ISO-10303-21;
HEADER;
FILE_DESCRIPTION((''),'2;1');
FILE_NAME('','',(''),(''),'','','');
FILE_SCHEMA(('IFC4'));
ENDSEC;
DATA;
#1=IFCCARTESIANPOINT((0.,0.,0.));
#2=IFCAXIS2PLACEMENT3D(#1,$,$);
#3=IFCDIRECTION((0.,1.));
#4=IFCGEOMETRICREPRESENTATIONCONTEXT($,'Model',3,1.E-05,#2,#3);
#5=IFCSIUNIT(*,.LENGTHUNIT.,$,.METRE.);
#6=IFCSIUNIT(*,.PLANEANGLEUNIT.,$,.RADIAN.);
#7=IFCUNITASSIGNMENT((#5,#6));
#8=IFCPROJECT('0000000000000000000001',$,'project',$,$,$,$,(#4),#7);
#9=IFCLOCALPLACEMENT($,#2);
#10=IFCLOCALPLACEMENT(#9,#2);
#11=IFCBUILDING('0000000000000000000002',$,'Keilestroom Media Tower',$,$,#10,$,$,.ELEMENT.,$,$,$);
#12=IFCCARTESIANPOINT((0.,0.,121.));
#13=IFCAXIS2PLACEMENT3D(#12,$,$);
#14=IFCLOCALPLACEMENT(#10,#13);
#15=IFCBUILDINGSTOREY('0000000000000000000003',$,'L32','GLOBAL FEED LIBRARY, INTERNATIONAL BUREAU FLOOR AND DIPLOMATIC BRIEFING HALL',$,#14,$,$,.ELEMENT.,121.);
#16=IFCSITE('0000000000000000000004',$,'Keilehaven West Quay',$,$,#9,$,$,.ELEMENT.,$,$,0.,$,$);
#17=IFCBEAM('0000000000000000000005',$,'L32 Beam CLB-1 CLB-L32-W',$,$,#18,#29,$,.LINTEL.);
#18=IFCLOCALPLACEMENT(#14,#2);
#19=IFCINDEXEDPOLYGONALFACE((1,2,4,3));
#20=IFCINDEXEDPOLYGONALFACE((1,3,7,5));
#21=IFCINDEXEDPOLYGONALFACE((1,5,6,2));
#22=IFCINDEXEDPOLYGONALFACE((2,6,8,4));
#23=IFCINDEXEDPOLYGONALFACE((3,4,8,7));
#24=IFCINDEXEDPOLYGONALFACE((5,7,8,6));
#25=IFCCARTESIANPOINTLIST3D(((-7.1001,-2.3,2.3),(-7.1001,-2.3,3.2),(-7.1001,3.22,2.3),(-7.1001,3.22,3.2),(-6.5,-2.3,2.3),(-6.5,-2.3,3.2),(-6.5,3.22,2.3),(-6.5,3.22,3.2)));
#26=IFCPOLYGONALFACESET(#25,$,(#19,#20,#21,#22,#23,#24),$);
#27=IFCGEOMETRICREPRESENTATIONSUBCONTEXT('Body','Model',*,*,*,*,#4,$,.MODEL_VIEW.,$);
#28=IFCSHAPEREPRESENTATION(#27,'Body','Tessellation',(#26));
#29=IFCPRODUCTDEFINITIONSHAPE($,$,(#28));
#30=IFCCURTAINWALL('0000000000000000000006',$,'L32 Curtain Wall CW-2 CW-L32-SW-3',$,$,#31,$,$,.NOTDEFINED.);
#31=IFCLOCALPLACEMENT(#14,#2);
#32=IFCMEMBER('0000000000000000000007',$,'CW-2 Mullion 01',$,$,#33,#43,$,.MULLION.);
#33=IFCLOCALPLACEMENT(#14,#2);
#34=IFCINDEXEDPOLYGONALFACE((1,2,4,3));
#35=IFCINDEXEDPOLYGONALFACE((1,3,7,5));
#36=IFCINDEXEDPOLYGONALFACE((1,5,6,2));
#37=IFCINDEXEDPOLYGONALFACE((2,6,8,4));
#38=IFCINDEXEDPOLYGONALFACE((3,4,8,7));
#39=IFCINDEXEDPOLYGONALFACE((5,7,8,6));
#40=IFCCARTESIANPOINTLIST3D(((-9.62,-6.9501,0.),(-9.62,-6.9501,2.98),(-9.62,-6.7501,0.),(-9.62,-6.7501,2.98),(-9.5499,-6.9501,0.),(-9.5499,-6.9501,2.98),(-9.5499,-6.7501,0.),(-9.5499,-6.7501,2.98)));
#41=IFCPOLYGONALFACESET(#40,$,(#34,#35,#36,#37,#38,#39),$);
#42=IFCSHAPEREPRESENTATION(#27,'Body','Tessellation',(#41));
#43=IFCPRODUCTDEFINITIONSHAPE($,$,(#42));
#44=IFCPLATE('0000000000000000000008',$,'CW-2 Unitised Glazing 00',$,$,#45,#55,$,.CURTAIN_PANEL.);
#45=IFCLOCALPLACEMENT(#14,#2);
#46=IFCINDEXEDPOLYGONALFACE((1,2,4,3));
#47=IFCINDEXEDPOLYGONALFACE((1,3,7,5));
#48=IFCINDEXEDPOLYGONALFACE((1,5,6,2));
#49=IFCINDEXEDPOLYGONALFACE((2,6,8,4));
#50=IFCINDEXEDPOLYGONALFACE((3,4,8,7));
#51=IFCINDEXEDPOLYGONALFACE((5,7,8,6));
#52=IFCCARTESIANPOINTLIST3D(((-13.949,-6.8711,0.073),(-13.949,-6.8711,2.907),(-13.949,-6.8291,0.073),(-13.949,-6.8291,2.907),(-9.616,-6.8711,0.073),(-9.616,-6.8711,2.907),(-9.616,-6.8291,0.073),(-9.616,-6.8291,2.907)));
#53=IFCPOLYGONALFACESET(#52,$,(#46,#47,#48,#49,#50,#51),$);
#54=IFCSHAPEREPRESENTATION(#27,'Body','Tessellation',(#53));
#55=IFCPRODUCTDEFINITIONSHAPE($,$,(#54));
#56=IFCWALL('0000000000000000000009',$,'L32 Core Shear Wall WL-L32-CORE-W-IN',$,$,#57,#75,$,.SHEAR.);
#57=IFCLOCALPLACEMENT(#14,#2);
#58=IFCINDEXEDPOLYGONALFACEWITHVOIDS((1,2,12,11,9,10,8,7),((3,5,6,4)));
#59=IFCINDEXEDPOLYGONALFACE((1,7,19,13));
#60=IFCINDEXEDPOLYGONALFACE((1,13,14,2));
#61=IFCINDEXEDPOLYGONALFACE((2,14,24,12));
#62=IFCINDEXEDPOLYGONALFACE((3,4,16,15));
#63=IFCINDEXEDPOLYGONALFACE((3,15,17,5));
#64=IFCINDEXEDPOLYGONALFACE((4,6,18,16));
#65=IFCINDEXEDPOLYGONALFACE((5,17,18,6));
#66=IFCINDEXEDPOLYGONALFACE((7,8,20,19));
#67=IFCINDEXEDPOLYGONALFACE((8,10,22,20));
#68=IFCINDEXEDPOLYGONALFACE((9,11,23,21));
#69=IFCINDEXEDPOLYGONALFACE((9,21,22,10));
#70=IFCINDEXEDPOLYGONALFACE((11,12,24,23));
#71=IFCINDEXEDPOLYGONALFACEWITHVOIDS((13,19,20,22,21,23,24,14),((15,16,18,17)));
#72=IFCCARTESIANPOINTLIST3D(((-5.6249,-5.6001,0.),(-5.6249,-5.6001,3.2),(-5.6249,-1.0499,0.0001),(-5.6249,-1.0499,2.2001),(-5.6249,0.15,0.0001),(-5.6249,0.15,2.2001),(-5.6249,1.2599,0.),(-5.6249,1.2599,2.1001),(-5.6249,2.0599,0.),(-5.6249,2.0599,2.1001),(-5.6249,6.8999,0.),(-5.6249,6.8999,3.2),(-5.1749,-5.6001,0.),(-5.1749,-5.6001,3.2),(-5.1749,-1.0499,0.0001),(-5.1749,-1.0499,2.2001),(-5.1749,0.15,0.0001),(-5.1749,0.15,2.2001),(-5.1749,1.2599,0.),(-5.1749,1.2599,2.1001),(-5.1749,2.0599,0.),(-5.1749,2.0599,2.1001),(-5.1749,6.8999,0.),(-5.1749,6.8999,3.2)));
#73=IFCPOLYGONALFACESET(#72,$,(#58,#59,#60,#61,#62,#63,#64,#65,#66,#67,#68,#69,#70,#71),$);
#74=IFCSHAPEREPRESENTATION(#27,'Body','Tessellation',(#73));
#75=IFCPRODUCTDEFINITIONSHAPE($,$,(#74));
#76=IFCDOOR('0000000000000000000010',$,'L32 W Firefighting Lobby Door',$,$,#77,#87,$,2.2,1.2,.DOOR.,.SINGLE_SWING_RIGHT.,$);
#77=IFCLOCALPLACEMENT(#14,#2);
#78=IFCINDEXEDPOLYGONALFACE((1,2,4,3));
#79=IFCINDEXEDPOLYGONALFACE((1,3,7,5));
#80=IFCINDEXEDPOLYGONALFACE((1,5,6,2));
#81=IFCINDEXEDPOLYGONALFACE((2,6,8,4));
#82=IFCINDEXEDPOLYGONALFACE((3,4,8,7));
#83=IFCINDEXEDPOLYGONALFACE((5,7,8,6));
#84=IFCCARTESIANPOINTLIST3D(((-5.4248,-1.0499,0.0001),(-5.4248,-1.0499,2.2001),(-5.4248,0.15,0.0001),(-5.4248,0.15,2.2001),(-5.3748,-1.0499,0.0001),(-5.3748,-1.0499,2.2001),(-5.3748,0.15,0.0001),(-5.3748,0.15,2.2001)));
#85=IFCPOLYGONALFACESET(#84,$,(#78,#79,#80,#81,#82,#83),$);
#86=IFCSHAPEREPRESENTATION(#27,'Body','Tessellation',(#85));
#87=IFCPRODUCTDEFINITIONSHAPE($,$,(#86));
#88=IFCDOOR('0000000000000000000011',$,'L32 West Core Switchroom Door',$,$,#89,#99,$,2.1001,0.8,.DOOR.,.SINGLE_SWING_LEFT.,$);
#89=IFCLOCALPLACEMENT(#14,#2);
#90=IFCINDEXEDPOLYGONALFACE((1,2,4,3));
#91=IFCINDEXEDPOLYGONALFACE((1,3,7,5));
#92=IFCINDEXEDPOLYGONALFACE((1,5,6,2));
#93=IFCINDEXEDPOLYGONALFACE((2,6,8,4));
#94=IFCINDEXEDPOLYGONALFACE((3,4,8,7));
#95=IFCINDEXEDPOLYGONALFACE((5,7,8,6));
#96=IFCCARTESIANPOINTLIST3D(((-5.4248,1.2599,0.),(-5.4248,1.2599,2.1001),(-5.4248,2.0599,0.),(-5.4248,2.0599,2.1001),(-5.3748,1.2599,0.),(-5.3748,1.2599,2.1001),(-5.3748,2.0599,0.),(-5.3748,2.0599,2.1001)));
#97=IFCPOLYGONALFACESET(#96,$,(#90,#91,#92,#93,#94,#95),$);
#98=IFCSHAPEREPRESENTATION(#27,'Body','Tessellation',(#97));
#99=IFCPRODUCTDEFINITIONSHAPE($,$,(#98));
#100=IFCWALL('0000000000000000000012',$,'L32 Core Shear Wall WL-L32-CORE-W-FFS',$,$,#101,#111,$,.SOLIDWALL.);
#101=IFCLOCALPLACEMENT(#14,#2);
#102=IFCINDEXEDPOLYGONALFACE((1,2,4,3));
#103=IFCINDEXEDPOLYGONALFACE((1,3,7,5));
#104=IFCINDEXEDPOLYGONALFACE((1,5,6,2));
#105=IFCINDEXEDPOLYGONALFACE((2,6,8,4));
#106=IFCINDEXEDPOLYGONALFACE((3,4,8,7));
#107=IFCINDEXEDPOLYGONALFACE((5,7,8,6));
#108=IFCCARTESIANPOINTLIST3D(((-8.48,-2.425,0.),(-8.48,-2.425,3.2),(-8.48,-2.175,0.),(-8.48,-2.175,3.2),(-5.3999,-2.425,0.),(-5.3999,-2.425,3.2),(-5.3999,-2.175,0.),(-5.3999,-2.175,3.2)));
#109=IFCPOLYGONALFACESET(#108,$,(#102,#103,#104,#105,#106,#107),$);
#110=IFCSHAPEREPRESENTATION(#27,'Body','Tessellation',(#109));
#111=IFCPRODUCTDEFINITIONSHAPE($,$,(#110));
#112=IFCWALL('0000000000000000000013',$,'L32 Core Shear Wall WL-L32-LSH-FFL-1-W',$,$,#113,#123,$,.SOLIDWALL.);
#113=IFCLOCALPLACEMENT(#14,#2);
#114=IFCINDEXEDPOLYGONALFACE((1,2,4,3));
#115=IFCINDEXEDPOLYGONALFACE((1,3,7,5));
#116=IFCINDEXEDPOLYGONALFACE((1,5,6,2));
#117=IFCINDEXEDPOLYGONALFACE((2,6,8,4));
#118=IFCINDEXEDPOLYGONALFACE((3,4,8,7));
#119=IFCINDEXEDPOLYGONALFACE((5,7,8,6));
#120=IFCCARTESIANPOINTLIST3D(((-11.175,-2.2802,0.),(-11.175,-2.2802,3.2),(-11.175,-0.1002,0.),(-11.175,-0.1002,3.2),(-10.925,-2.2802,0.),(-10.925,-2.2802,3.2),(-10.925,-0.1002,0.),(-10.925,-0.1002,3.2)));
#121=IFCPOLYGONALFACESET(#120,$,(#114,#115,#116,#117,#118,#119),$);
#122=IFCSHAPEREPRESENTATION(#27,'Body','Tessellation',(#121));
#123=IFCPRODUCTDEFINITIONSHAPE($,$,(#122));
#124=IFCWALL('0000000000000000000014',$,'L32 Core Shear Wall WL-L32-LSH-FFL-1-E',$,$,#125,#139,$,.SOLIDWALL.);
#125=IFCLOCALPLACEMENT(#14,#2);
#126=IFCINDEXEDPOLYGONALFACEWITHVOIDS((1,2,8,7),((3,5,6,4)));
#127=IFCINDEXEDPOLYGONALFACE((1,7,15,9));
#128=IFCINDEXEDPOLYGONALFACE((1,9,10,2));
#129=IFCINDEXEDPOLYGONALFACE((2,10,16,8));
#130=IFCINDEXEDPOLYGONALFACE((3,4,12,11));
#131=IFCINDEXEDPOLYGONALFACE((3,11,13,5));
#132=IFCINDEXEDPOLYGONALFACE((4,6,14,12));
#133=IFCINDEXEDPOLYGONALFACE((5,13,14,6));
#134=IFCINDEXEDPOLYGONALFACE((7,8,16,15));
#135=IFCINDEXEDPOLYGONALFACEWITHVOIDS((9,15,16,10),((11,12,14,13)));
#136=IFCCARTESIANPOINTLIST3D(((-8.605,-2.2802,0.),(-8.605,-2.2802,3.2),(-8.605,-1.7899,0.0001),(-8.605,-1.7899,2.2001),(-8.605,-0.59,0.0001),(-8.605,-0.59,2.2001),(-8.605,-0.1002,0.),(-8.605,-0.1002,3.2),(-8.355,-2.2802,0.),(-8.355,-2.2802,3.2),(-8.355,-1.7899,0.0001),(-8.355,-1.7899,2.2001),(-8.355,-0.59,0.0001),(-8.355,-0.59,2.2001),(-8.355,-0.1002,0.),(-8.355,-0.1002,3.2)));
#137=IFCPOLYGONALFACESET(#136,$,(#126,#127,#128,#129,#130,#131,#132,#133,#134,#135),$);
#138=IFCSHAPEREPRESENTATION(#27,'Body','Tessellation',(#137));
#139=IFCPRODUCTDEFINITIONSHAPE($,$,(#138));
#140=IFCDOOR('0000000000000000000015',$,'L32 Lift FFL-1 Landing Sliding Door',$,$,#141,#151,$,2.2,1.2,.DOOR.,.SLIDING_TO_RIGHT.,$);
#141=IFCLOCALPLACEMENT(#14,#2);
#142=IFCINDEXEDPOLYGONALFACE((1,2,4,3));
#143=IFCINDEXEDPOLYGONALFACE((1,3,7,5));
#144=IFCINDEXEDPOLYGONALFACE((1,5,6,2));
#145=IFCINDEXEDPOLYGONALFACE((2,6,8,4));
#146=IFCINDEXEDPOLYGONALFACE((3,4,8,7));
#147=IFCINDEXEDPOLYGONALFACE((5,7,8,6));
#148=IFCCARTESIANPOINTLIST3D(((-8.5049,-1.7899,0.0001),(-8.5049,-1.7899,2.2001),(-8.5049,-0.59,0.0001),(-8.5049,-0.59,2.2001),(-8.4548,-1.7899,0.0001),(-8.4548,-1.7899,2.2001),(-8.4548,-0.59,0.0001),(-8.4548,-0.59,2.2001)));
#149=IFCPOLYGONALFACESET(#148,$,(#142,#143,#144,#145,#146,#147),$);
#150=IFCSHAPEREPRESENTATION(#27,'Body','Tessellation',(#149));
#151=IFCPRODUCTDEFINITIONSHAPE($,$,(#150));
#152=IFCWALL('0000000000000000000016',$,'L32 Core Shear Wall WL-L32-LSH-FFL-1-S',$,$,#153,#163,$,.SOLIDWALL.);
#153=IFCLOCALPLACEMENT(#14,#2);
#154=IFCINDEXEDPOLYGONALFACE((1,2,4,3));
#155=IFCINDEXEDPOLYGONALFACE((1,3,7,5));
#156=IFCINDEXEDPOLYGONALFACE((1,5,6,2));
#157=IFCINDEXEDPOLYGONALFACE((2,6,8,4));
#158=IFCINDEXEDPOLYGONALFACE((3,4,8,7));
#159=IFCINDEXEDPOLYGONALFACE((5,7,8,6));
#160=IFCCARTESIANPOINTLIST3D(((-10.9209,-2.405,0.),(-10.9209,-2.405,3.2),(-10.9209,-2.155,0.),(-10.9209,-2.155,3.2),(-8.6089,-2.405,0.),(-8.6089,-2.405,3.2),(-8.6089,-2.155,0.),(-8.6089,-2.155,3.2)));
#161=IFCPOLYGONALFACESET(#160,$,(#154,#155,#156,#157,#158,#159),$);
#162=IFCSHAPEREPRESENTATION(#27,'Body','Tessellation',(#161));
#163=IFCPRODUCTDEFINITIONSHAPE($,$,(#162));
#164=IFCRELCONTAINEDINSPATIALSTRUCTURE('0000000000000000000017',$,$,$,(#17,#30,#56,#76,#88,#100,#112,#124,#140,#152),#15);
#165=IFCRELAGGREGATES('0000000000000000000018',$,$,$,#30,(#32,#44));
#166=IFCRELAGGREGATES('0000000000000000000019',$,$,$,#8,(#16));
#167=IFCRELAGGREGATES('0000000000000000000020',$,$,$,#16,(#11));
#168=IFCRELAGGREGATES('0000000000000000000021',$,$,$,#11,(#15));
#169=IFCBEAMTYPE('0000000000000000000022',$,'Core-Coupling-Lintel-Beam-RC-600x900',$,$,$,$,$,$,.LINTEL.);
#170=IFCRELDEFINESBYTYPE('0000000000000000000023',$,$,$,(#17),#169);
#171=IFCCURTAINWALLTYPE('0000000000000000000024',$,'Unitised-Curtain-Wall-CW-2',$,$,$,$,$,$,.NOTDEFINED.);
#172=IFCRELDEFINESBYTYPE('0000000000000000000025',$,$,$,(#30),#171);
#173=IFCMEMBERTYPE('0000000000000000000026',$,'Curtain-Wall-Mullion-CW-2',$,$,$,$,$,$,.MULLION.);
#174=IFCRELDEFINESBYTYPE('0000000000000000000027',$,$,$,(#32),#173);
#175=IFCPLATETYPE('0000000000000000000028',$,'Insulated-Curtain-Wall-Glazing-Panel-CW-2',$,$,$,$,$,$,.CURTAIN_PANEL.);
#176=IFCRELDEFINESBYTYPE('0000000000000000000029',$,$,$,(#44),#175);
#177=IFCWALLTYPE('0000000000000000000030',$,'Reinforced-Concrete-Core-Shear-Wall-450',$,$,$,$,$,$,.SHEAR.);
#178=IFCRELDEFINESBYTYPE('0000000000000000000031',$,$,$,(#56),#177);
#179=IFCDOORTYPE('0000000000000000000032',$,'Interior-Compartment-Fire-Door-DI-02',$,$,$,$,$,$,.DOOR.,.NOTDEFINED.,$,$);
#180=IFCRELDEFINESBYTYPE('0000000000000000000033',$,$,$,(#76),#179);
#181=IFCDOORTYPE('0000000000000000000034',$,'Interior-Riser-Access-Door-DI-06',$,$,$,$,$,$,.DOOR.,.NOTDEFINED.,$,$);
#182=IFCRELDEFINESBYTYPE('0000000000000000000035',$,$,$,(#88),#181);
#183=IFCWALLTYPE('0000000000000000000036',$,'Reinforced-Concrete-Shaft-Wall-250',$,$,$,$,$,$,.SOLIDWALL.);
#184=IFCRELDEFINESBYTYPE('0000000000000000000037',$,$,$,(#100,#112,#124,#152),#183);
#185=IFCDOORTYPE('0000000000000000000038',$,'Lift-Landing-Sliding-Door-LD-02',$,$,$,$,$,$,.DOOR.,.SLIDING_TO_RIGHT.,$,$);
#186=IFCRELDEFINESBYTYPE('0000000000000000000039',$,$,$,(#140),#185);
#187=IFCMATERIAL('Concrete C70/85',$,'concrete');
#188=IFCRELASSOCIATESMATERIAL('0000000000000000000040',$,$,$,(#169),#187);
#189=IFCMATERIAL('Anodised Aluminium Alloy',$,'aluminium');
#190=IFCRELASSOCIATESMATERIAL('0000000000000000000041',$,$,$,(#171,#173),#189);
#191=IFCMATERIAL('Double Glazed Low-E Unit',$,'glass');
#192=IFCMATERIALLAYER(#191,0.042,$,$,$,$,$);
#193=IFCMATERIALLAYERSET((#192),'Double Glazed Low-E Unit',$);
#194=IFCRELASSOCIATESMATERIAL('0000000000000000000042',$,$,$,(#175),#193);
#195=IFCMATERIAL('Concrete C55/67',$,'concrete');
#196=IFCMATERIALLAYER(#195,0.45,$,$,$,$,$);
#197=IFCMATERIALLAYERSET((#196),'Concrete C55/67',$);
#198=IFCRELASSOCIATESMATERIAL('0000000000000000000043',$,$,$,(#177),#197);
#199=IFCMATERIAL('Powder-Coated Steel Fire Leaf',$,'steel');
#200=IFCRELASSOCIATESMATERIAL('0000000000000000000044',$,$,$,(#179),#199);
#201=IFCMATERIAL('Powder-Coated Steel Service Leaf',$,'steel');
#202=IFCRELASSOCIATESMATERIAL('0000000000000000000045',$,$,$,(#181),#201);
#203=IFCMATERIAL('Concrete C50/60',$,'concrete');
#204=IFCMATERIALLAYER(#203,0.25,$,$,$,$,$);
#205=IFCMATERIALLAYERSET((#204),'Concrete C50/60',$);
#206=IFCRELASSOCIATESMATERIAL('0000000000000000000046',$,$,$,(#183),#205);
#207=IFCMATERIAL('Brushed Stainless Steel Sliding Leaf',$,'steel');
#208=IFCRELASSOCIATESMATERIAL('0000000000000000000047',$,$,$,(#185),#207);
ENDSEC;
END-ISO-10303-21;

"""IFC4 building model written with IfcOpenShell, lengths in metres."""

from ifc_helpers import new_model, si_unit, direction, frame, frame_2d, origin, origin_2d, place, context, subcontext, project, spatial, rectangle, extrude, source, transform, mapped, material, layer, layer_set, material_profile, profile_set, type_object, element, fill, aggregate, save


model = new_model("IFC4")

# Units and contexts
model_context = context("Model", 3, precision=1e-05, world=origin(), true_north=direction((0.0, 1.0)))
body_context = subcontext(model_context, "Body", "Model", "MODEL_VIEW")
ifc_project = project(units=[si_unit("LENGTHUNIT", "METRE"), si_unit("PLANEANGLEUNIT", "RADIAN")], contexts=[model_context])

# Site, building, storey
site_placement = place(None, origin())
site = spatial("IfcSite", under=ifc_project, at=site_placement, Name="Keilehaven West Quay", CompositionType="ELEMENT", RefElevation=0.0)
building_placement = place(site_placement, origin())
building = spatial("IfcBuilding", under=site, at=building_placement, Name="Keilestroom Media Tower", CompositionType="ELEMENT")
storey_placement = place(building_placement, frame((0.0, 0.0, 121.0)))
storey = spatial("IfcBuildingStorey", under=building, at=storey_placement, Name="L32", Description="GLOBAL FEED LIBRARY, INTERNATIONAL BUREAU FLOOR AND DIPLOMATIC BRIEFING HALL", CompositionType="ELEMENT", Elevation=121.0)

# Beam
ifc_material_1 = material(Name="Concrete C70/85", Category="concrete")
ifc_material_profile_1 = material_profile(ifc_material_1, rectangle(XDim=0.6001, YDim=0.8999, at=origin_2d()), Name="RC 600x900")
ifc_profile_set_1 = profile_set([ifc_material_profile_1], Name="Concrete C70/85")
beam_type = type_object("IfcBeamType", Name="Core-Coupling-Lintel-Beam-RC-600x900", PredefinedType="LINTEL", material=ifc_profile_set_1)
shared_shape_1 = source(origin(), body_context, "Body", "SweptSolid", [
    extrude(rectangle(XDim=0.6001, YDim=0.8999, at=origin_2d()), origin(), (0.0, 0.0, 1.0), 5.52),
])
beam_placement = place(storey_placement, frame((-6.8, -2.3, 2.75), z_axis=(0.0, 1.0, 0.0), x_axis=(-1.0, 0.0, 0.0)))
element("IfcBeam", 1, at=beam_placement, inside=storey, type_object=beam_type, Name="L32 Beam CLB-1 CLB-L32-W", PredefinedType="LINTEL", context=body_context, shape_type="MappedRepresentation", body=[
    mapped(shared_shape_1, transform((0.0, 0.0, 0.0), x_axis=(1.0, 0.0, 0.0), y_axis=(0.0, 1.0, 0.0), z_axis=(0.0, 0.0, 1.0), scale=1.0)),
])

# Curtain wall, member, plate
ifc_material_2 = material(Name="Anodised Aluminium Alloy", Category="aluminium")
curtain_wall_type = type_object("IfcCurtainWallType", Name="Unitised-Curtain-Wall-CW-2", PredefinedType="NOTDEFINED", material=ifc_material_2)
curtain_wall_placement = place(storey_placement, origin())
curtain_wall = element("IfcCurtainWall", 2, at=curtain_wall_placement, inside=storey, type_object=curtain_wall_type, Name="L32 Curtain Wall CW-2 CW-L32-SW-3", PredefinedType="NOTDEFINED")
ifc_material_profile_2 = material_profile(ifc_material_2, rectangle(XDim=0.0701, YDim=0.2, at=origin_2d()), Name="ALU MULLION 70x200")
ifc_profile_set_2 = profile_set([ifc_material_profile_2], Name="Anodised Aluminium Alloy")
member_type = type_object("IfcMemberType", Name="Curtain-Wall-Mullion-CW-2", PredefinedType="MULLION", material=ifc_profile_set_2)
shared_shape_2 = source(origin(), body_context, "Body", "SweptSolid", [
    extrude(rectangle(XDim=0.0701, YDim=0.2, at=origin_2d()), origin(), (0.0, 0.0, 1.0), 2.98),
])
member_placement = place(storey_placement, frame((-9.585, -6.8501, 0.0), z_axis=(0.0, 0.0, 1.0), x_axis=(1.0, 0.0, 0.0)))
member = element("IfcMember", 3, at=member_placement, type_object=member_type, Name="CW-2 Mullion 01", PredefinedType="MULLION", context=body_context, shape_type="MappedRepresentation", body=[
    mapped(shared_shape_2, transform((0.0, 0.0, 0.0), x_axis=(1.0, 0.0, 0.0), y_axis=(0.0, 1.0, 0.0), z_axis=(0.0, 0.0, 1.0), scale=1.0)),
])
ifc_material_3 = material(Name="Double Glazed Low-E Unit", Category="glass")
ifc_layer_1 = layer(ifc_material_3, 0.042)
ifc_layer_set_1 = layer_set([ifc_layer_1], Name="Double Glazed Low-E Unit")
plate_type = type_object("IfcPlateType", Name="Insulated-Curtain-Wall-Glazing-Panel-CW-2", PredefinedType="CURTAIN_PANEL", material=ifc_layer_set_1)
shared_shape_3 = source(origin(), body_context, "Body", "SweptSolid", [
    extrude(rectangle(XDim=4.333, YDim=0.042, at=origin_2d()), origin(), (0.0, 0.0, 1.0), 2.834),
])
plate_placement = place(storey_placement, frame((-11.7825, -6.8501, 0.073), z_axis=(0.0, 0.0, 1.0), x_axis=(1.0, 0.0, 0.0)))
plate = element("IfcPlate", 4, at=plate_placement, type_object=plate_type, Name="CW-2 Unitised Glazing 00", PredefinedType="CURTAIN_PANEL", context=body_context, shape_type="MappedRepresentation", body=[
    mapped(shared_shape_3, transform((0.0, 0.0, 0.0), x_axis=(1.0, 0.0, 0.0), y_axis=(0.0, 1.0, 0.0), z_axis=(0.0, 0.0, 1.0), scale=1.0)),
])
aggregate(curtain_wall, [member, plate])

# Wall, openings, doors
ifc_material_4 = material(Name="Concrete C55/67", Category="concrete")
ifc_layer_2 = layer(ifc_material_4, 0.45)
ifc_layer_set_2 = layer_set([ifc_layer_2], Name="Concrete C55/67")
wall_type_1 = type_object("IfcWallType", Name="Reinforced-Concrete-Core-Shear-Wall-450", PredefinedType="SHEAR", material=ifc_layer_set_2)
wall_1_placement = place(storey_placement, frame((-5.3999, -5.6001, 0.0), z_axis=(0.0, 0.0, 1.0), x_axis=(0.0, 1.0, 0.0)))
wall_1 = element("IfcWall", 5, at=wall_1_placement, inside=storey, type_object=wall_type_1, Name="L32 Core Shear Wall WL-L32-CORE-W-IN", PredefinedType="SHEAR", context=body_context, shape_type="SweptSolid", body=[
    extrude(rectangle(XDim=12.5, YDim=0.45, at=frame_2d((6.25, 0.0))), origin(), (0.0, 0.0, 1.0), 3.2),
])
opening_1_placement = place(wall_1_placement, frame((4.55, 0.0, 0.0)))
opening_1 = element("IfcOpeningElement", 6, at=opening_1_placement, cuts=wall_1, PredefinedType="OPENING", context=body_context, shape_type="SweptSolid", body=[
    extrude(rectangle(XDim=1.2, YDim=2.2, at=frame_2d((0.6001, 1.1001))), frame((0.0, 0.2349, 0.0), z_axis=(0.0, -1.0, 0.0), x_axis=(1.0, 0.0, 0.0)), (0.0, 0.0, 1.0), 0.47),
])
opening_2_placement = place(wall_1_placement, frame((6.8601, 0.0, 0.0)))
opening_2 = element("IfcOpeningElement", 7, at=opening_2_placement, cuts=wall_1, PredefinedType="OPENING", context=body_context, shape_type="SweptSolid", body=[
    extrude(rectangle(XDim=0.8, YDim=2.1001, at=frame_2d((0.3999, 1.05))), frame((0.0, 0.2349, 0.0), z_axis=(0.0, -1.0, 0.0), x_axis=(1.0, 0.0, 0.0)), (0.0, 0.0, 1.0), 0.47),
])
ifc_material_5 = material(Name="Powder-Coated Steel Fire Leaf", Category="steel")
door_type_1 = type_object("IfcDoorType", Name="Interior-Compartment-Fire-Door-DI-02", OperationType="NOTDEFINED", PredefinedType="DOOR", material=ifc_material_5)
shared_shape_4 = source(origin(), body_context, "Body", "SweptSolid", [
    extrude(rectangle(XDim=1.2, YDim=2.2, at=frame_2d((0.6001, 1.1001))), frame((0.0, 0.0249, 0.0), z_axis=(0.0, -1.0, 0.0), x_axis=(1.0, 0.0, 0.0)), (0.0, 0.0, 1.0), 0.05),
])
door_1_placement = place(opening_1_placement, origin())
door_1 = element("IfcDoor", 8, at=door_1_placement, inside=storey, type_object=door_type_1, Name="L32 W Firefighting Lobby Door", OperationType="SINGLE_SWING_RIGHT", OverallHeight=2.2, OverallWidth=1.2, PredefinedType="DOOR", context=body_context, shape_type="MappedRepresentation", body=[
    mapped(shared_shape_4, transform((0.0, 0.0, 0.0), x_axis=(1.0, 0.0, 0.0), y_axis=(0.0, 1.0, 0.0), z_axis=(0.0, 0.0, 1.0), scale=1.0)),
])
fill(opening_1, door_1)
ifc_material_6 = material(Name="Powder-Coated Steel Service Leaf", Category="steel")
door_type_2 = type_object("IfcDoorType", Name="Interior-Riser-Access-Door-DI-06", OperationType="NOTDEFINED", PredefinedType="DOOR", material=ifc_material_6)
shared_shape_5 = source(origin(), body_context, "Body", "SweptSolid", [
    extrude(rectangle(XDim=0.8, YDim=2.1001, at=frame_2d((0.3999, 1.05))), frame((0.0, 0.0249, 0.0), z_axis=(0.0, -1.0, 0.0), x_axis=(1.0, 0.0, 0.0)), (0.0, 0.0, 1.0), 0.05),
])
door_2_placement = place(opening_2_placement, origin())
door_2 = element("IfcDoor", 9, at=door_2_placement, inside=storey, type_object=door_type_2, Name="L32 West Core Switchroom Door", OperationType="SINGLE_SWING_LEFT", OverallHeight=2.1001, OverallWidth=0.8, PredefinedType="DOOR", context=body_context, shape_type="MappedRepresentation", body=[
    mapped(shared_shape_5, transform((0.0, 0.0, 0.0), x_axis=(1.0, 0.0, 0.0), y_axis=(0.0, 1.0, 0.0), z_axis=(0.0, 0.0, 1.0), scale=1.0)),
])
fill(opening_2, door_2)

# Walls
ifc_material_7 = material(Name="Concrete C50/60", Category="concrete")
ifc_layer_3 = layer(ifc_material_7, 0.25)
ifc_layer_set_3 = layer_set([ifc_layer_3], Name="Concrete C50/60")
wall_type_2 = type_object("IfcWallType", Name="Reinforced-Concrete-Shaft-Wall-250", PredefinedType="SOLIDWALL", material=ifc_layer_set_3)
wall_2_placement = place(storey_placement, frame((-8.48, -2.3, 0.0), z_axis=(0.0, 0.0, 1.0), x_axis=(1.0, 0.0, 0.0)))
element("IfcWall", 10, at=wall_2_placement, inside=storey, type_object=wall_type_2, Name="L32 Core Shear Wall WL-L32-CORE-W-FFS", PredefinedType="SOLIDWALL", context=body_context, shape_type="SweptSolid", body=[
    extrude(rectangle(XDim=3.0801, YDim=0.25, at=frame_2d((1.54, 0.0))), origin(), (0.0, 0.0, 1.0), 3.2),
])
wall_3_placement = place(storey_placement, frame((-11.05, -2.28, 0.0), z_axis=(0.0, 0.0, 1.0), x_axis=(0.0, 1.0, 0.0)))
element("IfcWall", 11, at=wall_3_placement, inside=storey, type_object=wall_type_2, Name="L32 Core Shear Wall WL-L32-LSH-FFL-1-W", PredefinedType="SOLIDWALL", context=body_context, shape_type="SweptSolid", body=[
    extrude(rectangle(XDim=2.1799, YDim=0.25, at=frame_2d((1.0898, 0.0))), origin(), (0.0, 0.0, 1.0), 3.2),
])

# Wall, opening, door
wall_4_placement = place(storey_placement, frame((-8.48, -2.28, 0.0), z_axis=(0.0, 0.0, 1.0), x_axis=(0.0, 1.0, 0.0)))
wall_4 = element("IfcWall", 12, at=wall_4_placement, inside=storey, type_object=wall_type_2, Name="L32 Core Shear Wall WL-L32-LSH-FFL-1-E", PredefinedType="SOLIDWALL", context=body_context, shape_type="SweptSolid", body=[
    extrude(rectangle(XDim=2.1799, YDim=0.25, at=frame_2d((1.0898, 0.0))), origin(), (0.0, 0.0, 1.0), 3.2),
])
opening_3_placement = place(wall_4_placement, frame((0.49, 0.0, 0.0)))
opening_3 = element("IfcOpeningElement", 13, at=opening_3_placement, cuts=wall_4, PredefinedType="OPENING", context=body_context, shape_type="SweptSolid", body=[
    extrude(rectangle(XDim=1.2, YDim=2.2, at=frame_2d((0.6001, 1.1001))), frame((0.0, 0.135, 0.0), z_axis=(0.0, -1.0, 0.0), x_axis=(1.0, 0.0, 0.0)), (0.0, 0.0, 1.0), 0.27),
])
ifc_material_8 = material(Name="Brushed Stainless Steel Sliding Leaf", Category="steel")
door_type_3 = type_object("IfcDoorType", Name="Lift-Landing-Sliding-Door-LD-02", OperationType="SLIDING_TO_RIGHT", PredefinedType="DOOR", material=ifc_material_8)
door_3_placement = place(opening_3_placement, origin())
door_3 = element("IfcDoor", 14, at=door_3_placement, inside=storey, type_object=door_type_3, Name="L32 Lift FFL-1 Landing Sliding Door", OperationType="SLIDING_TO_RIGHT", OverallHeight=2.2, OverallWidth=1.2, PredefinedType="DOOR", context=body_context, shape_type="MappedRepresentation", body=[
    mapped(shared_shape_4, transform((0.0, 0.0, 0.0), x_axis=(1.0, 0.0, 0.0), y_axis=(0.0, 1.0, 0.0), z_axis=(0.0, 0.0, 1.0), scale=1.0)),
])
fill(opening_3, door_3)

# Wall
wall_5_placement = place(storey_placement, frame((-10.9209, -2.28, 0.0), z_axis=(0.0, 0.0, 1.0), x_axis=(1.0, 0.0, 0.0)))
element("IfcWall", 15, at=wall_5_placement, inside=storey, type_object=wall_type_2, Name="L32 Core Shear Wall WL-L32-LSH-FFL-1-S", PredefinedType="SOLIDWALL", context=body_context, shape_type="SweptSolid", body=[
    extrude(rectangle(XDim=2.312, YDim=0.25, at=frame_2d((1.156, 0.0))), origin(), (0.0, 0.0, 1.0), 3.2),
])

save(model, "model.ifc")
